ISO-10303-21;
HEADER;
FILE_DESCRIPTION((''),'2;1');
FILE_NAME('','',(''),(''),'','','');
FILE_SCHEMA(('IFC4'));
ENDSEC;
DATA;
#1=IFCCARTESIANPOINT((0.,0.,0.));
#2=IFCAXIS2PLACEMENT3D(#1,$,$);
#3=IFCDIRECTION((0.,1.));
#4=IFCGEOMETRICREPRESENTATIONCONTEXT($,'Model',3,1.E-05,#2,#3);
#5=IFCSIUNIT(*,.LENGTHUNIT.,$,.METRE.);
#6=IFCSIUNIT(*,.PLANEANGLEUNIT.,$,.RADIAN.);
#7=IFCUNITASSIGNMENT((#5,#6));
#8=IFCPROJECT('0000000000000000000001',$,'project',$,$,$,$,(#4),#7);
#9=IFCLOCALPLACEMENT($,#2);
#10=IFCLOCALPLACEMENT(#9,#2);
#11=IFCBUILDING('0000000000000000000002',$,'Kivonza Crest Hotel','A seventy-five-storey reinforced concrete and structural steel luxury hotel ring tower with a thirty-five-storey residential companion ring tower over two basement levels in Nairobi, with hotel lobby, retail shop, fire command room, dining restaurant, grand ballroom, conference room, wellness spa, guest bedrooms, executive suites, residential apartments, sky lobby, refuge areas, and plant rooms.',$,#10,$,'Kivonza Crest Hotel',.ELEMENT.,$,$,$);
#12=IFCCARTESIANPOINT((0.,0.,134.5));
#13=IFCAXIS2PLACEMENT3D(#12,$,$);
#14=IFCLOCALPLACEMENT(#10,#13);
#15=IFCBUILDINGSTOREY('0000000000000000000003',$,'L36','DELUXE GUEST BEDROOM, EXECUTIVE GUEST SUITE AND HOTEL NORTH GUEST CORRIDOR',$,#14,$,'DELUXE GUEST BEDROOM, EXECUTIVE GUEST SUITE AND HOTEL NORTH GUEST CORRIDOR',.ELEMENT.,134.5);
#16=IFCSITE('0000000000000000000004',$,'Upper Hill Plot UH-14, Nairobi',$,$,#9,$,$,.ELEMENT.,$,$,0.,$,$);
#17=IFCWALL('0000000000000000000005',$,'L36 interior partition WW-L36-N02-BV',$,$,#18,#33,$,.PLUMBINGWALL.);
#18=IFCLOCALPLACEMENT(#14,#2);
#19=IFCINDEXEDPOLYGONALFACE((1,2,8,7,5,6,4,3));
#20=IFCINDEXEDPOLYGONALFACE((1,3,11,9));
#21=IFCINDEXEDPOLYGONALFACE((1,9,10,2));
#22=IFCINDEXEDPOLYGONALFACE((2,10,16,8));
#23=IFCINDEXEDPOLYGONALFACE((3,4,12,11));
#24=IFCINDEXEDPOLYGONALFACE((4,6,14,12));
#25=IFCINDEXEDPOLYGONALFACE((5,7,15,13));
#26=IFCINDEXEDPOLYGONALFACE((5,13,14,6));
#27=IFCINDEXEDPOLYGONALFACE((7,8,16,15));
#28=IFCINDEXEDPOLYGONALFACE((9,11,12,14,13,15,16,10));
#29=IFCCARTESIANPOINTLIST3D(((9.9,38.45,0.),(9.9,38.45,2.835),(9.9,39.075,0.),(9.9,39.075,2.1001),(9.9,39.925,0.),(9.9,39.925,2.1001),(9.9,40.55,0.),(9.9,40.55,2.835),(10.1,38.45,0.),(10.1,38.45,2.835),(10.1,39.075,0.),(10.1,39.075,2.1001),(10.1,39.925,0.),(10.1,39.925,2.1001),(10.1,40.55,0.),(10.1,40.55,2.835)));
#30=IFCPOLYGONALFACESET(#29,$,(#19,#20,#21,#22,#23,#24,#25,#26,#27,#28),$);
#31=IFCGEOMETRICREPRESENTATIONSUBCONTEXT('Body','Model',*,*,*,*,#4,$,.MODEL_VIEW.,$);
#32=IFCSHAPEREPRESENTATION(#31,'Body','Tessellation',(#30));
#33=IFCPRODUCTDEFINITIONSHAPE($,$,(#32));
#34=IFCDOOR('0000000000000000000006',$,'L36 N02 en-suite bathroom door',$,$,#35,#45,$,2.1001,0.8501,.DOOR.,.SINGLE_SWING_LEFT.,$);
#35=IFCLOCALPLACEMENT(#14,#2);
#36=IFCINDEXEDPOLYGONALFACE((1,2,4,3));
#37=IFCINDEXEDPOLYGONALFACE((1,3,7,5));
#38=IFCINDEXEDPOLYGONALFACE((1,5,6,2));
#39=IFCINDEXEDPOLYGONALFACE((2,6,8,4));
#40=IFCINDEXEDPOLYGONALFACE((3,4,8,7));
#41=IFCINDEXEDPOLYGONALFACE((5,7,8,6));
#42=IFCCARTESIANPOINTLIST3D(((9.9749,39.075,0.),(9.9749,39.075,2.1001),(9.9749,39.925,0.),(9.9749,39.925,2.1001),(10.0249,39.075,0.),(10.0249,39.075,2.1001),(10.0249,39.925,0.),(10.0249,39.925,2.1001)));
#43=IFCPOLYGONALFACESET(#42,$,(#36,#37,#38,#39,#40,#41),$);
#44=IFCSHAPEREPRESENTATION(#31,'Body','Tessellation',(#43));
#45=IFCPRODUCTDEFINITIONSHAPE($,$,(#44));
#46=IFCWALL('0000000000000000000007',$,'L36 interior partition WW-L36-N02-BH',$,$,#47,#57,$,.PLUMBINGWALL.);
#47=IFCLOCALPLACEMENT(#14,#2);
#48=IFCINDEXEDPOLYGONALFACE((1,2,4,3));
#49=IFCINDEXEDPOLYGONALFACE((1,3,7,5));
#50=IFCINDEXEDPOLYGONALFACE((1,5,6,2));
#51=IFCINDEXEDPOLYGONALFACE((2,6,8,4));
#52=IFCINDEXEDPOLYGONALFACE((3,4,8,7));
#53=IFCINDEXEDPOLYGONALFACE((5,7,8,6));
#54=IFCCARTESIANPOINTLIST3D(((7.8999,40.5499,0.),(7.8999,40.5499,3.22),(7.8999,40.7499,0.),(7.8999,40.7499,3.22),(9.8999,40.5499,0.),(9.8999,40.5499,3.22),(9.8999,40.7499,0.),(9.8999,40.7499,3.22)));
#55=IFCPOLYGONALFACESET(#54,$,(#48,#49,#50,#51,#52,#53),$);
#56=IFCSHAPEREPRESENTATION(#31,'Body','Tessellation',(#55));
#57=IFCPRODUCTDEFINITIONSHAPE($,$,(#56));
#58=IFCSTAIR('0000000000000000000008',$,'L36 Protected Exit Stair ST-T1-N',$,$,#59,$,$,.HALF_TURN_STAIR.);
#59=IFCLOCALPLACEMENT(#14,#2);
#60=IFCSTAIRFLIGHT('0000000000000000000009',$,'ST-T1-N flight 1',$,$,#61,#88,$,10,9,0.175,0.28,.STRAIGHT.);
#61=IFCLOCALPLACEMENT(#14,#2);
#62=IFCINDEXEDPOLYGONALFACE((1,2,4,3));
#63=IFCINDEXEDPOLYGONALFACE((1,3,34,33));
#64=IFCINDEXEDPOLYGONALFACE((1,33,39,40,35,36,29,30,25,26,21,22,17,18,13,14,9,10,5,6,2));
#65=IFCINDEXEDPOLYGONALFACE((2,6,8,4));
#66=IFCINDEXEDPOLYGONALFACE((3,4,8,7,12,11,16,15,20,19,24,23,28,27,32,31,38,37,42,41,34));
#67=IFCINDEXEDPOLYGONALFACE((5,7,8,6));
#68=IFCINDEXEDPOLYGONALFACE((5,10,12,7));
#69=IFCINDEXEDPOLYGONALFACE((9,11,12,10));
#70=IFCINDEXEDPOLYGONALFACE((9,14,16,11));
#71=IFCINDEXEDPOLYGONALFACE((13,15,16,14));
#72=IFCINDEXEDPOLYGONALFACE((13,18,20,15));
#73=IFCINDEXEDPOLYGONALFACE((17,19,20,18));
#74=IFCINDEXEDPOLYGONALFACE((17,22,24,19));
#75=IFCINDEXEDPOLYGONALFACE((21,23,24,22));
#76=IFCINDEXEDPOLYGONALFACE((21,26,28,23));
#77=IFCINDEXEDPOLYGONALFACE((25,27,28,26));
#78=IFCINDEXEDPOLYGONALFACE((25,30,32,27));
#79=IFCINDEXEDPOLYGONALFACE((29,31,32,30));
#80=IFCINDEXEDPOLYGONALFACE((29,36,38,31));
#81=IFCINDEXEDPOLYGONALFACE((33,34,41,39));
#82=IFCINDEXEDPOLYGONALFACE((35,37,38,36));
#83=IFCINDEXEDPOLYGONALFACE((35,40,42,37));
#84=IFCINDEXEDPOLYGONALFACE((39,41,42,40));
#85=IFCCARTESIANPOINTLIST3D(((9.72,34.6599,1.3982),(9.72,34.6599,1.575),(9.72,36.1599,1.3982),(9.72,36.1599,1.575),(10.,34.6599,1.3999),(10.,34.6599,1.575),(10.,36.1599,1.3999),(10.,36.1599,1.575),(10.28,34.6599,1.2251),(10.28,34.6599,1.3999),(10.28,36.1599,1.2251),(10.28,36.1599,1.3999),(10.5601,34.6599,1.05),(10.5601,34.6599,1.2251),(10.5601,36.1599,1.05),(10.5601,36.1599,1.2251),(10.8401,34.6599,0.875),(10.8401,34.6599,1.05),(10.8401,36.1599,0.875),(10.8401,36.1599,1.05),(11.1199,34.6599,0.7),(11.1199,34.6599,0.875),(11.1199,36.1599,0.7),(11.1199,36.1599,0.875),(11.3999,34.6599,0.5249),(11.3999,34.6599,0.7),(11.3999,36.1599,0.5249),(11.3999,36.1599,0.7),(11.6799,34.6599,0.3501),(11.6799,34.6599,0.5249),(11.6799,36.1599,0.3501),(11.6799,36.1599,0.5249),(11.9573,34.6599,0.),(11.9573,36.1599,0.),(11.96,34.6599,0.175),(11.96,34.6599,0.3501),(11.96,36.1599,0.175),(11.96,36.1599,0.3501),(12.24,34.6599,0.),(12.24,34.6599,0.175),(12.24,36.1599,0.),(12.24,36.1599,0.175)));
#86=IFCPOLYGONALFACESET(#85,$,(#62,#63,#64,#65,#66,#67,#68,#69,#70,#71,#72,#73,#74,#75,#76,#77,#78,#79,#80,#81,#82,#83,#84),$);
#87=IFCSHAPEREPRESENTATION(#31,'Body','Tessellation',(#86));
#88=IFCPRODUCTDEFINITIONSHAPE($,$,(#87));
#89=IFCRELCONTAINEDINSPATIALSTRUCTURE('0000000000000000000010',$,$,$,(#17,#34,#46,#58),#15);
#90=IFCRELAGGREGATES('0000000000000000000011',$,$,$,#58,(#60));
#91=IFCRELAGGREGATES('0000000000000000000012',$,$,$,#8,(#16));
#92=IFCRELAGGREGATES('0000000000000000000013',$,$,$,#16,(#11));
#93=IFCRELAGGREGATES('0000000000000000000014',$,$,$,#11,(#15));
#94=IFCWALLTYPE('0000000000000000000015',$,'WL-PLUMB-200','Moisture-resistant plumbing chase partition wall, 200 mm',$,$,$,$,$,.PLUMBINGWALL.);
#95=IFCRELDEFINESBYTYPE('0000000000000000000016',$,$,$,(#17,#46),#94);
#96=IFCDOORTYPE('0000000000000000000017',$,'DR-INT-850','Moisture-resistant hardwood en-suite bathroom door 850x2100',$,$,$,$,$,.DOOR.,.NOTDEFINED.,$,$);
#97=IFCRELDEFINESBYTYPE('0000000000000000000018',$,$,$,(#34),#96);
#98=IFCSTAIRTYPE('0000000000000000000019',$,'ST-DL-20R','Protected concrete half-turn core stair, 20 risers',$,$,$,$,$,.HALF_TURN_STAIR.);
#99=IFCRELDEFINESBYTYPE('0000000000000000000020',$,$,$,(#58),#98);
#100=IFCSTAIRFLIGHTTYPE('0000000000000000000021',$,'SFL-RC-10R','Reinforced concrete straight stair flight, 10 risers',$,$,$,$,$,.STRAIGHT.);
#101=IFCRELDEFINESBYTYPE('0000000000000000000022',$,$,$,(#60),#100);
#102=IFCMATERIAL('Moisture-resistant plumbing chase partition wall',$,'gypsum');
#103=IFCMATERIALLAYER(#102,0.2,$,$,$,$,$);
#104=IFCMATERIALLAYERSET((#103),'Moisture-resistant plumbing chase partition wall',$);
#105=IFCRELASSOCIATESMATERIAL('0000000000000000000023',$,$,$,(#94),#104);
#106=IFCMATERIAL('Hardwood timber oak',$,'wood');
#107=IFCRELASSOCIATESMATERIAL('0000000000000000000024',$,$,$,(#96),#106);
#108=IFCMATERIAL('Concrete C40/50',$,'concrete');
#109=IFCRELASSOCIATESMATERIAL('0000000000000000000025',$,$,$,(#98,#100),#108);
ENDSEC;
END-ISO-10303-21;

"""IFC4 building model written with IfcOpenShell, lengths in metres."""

from ifc_helpers import new_model, si_unit, direction, frame, frame_2d, origin, place, context, subcontext, project, spatial, polyline, rectangle, outline, extrude, material, layer, layer_set, type_object, element, fill, aggregate, save


model = new_model("IFC4")

# Units and contexts
model_context = context("Model", 3, precision=1e-05, world=origin(), true_north=direction((0.0, 1.0)))
body_context = subcontext(model_context, "Body", "Model", "MODEL_VIEW")
ifc_project = project(units=[si_unit("LENGTHUNIT", "METRE"), si_unit("PLANEANGLEUNIT", "RADIAN")], contexts=[model_context])

# Site, building, storey
site_placement = place(None, origin())
site = spatial("IfcSite", under=ifc_project, at=site_placement, Name="Upper Hill Plot UH-14, Nairobi", CompositionType="ELEMENT", RefElevation=0.0)
building_placement = place(site_placement, origin())
building = spatial("IfcBuilding", under=site, at=building_placement, Name="Kivonza Crest Hotel", Description="A seventy-five-storey reinforced concrete and structural steel luxury hotel ring tower with a thirty-five-storey residential companion ring tower over two basement levels in Nairobi, with hotel lobby, retail shop, fire command room, dining restaurant, grand ballroom, conference room, wellness spa, guest bedrooms, executive suites, residential apartments, sky lobby, refuge areas, and plant rooms.", LongName="Kivonza Crest Hotel", CompositionType="ELEMENT")
storey_placement = place(building_placement, frame((0.0, 0.0, 134.5)))
storey = spatial("IfcBuildingStorey", under=building, at=storey_placement, Name="L36", Description="DELUXE GUEST BEDROOM, EXECUTIVE GUEST SUITE AND HOTEL NORTH GUEST CORRIDOR", LongName="DELUXE GUEST BEDROOM, EXECUTIVE GUEST SUITE AND HOTEL NORTH GUEST CORRIDOR", CompositionType="ELEMENT", Elevation=134.5)

# Shared definitions
ifc_material_1 = material(Name="Hardwood timber oak", Category="wood")

# Wall, opening, door
ifc_material_2 = material(Name="Moisture-resistant plumbing chase partition wall", Category="gypsum")
ifc_layer_1 = layer(ifc_material_2, 0.2)
ifc_layer_set_1 = layer_set([ifc_layer_1], Name="Moisture-resistant plumbing chase partition wall")
wall_type_1 = type_object("IfcWallType", Name="WL-PLUMB-200", Description="Moisture-resistant plumbing chase partition wall, 200 mm", PredefinedType="PLUMBINGWALL", material=ifc_layer_set_1)
wall_1_placement = place(storey_placement, frame((10.0, 38.45, 0.0), z_axis=(0.0, 0.0, 1.0), x_axis=(0.0, 1.0, 0.0)))
wall_1 = element("IfcWall", 1, at=wall_1_placement, inside=storey, type_object=wall_type_1, Name="L36 interior partition WW-L36-N02-BV", PredefinedType="PLUMBINGWALL", context=body_context, shape_type="SweptSolid", body=[
    extrude(rectangle(XDim=2.1001, YDim=0.2, at=frame_2d((1.05, 0.0))), origin(), (0.0, 0.0, 1.0), 2.835),
])
opening_1_placement = place(wall_1_placement, frame((0.625, 0.0, 0.0)))
opening_1 = element("IfcOpeningElement", 2, at=opening_1_placement, cuts=wall_1, PredefinedType="OPENING", context=body_context, shape_type="SweptSolid", body=[
    extrude(rectangle(XDim=0.8501, YDim=2.1001, at=frame_2d((0.425, 1.05))), frame((0.0, 0.1099, 0.0), z_axis=(0.0, -1.0, 0.0), x_axis=(1.0, 0.0, 0.0)), (0.0, 0.0, 1.0), 0.22),
])
door_type_1 = type_object("IfcDoorType", Name="DR-INT-850", Description="Moisture-resistant hardwood en-suite bathroom door 850x2100", OperationType="NOTDEFINED", PredefinedType="DOOR", material=ifc_material_1)
door_1_placement = place(opening_1_placement, frame((0.8501, 0.0, 0.0), z_axis=(0.0, 0.0, 1.0), x_axis=(-1.0, 0.0, 0.0)))
door_1 = element("IfcDoor", 3, at=door_1_placement, inside=storey, type_object=door_type_1, Name="L36 N02 en-suite bathroom door", OperationType="SINGLE_SWING_LEFT", OverallHeight=2.1001, OverallWidth=0.8501, PredefinedType="DOOR", context=body_context, shape_type="SweptSolid", body=[
    extrude(rectangle(XDim=0.8501, YDim=2.1001, at=frame_2d((0.425, 1.05))), frame((0.0, 0.0249, 0.0), z_axis=(0.0, -1.0, 0.0), x_axis=(1.0, 0.0, 0.0)), (0.0, 0.0, 1.0), 0.05),
])
fill(opening_1, door_1)

# Wall
wall_2_placement = place(storey_placement, frame((7.8999, 40.6499, 0.0), z_axis=(0.0, 0.0, 1.0), x_axis=(1.0, 0.0, 0.0)))
element("IfcWall", 4, at=wall_2_placement, inside=storey, type_object=wall_type_1, Name="L36 interior partition WW-L36-N02-BH", PredefinedType="PLUMBINGWALL", context=body_context, shape_type="SweptSolid", body=[
    extrude(rectangle(XDim=2.0, YDim=0.2, at=frame_2d((1.0, 0.0))), origin(), (0.0, 0.0, 1.0), 3.22),
])

# Stair, stair flight
ifc_material_3 = material(Name="Concrete C40/50", Category="concrete")
stair_type = type_object("IfcStairType", Name="ST-DL-20R", Description="Protected concrete half-turn core stair, 20 risers", PredefinedType="HALF_TURN_STAIR", material=ifc_material_3)
stair_placement = place(storey_placement, origin())
stair = element("IfcStair", 5, at=stair_placement, inside=storey, type_object=stair_type, Name="L36 Protected Exit Stair ST-T1-N", PredefinedType="HALF_TURN_STAIR")
stair_flight_type = type_object("IfcStairFlightType", Name="SFL-RC-10R", Description="Reinforced concrete straight stair flight, 10 risers", PredefinedType="STRAIGHT", material=ifc_material_3)
stair_flight_placement = place(storey_placement, frame((12.24, 35.4099, 0.0), z_axis=(0.0, 0.0, 1.0), x_axis=(-1.0, 0.0, 0.0)))
stair_flight = element("IfcStairFlight", 6, at=stair_flight_placement, type_object=stair_flight_type, Name="ST-T1-N flight 1", NumberOfRisers=10, NumberOfTreads=9, PredefinedType="STRAIGHT", RiserHeight=0.175, TreadLength=0.28, context=body_context, shape_type="SweptSolid", body=[
    extrude(outline(polyline([(0.0, 0.0), (0.0, 0.175), (0.28, 0.175), (0.28, 0.3501), (0.5601, 0.3501), (0.5601, 0.5249), (0.8401, 0.5249), (0.8401, 0.7), (1.1201, 0.7), (1.1201, 0.875), (1.3999, 0.875), (1.3999, 1.05), (1.6799, 1.05), (1.6799, 1.2251), (1.96, 1.2251), (1.96, 1.3999), (2.24, 1.3999), (2.24, 1.575), (2.52, 1.575), (2.52, 1.75), (2.52, 1.3982), (0.2827, 0.0), (0.0, 0.0)])), frame((0.0, 0.75, 0.0), z_axis=(0.0, -1.0, 0.0), x_axis=(1.0, 0.0, 0.0)), (0.0, 0.0, 1.0), 1.5),
])
aggregate(stair, [stair_flight])

save(model, "model.ifc")
